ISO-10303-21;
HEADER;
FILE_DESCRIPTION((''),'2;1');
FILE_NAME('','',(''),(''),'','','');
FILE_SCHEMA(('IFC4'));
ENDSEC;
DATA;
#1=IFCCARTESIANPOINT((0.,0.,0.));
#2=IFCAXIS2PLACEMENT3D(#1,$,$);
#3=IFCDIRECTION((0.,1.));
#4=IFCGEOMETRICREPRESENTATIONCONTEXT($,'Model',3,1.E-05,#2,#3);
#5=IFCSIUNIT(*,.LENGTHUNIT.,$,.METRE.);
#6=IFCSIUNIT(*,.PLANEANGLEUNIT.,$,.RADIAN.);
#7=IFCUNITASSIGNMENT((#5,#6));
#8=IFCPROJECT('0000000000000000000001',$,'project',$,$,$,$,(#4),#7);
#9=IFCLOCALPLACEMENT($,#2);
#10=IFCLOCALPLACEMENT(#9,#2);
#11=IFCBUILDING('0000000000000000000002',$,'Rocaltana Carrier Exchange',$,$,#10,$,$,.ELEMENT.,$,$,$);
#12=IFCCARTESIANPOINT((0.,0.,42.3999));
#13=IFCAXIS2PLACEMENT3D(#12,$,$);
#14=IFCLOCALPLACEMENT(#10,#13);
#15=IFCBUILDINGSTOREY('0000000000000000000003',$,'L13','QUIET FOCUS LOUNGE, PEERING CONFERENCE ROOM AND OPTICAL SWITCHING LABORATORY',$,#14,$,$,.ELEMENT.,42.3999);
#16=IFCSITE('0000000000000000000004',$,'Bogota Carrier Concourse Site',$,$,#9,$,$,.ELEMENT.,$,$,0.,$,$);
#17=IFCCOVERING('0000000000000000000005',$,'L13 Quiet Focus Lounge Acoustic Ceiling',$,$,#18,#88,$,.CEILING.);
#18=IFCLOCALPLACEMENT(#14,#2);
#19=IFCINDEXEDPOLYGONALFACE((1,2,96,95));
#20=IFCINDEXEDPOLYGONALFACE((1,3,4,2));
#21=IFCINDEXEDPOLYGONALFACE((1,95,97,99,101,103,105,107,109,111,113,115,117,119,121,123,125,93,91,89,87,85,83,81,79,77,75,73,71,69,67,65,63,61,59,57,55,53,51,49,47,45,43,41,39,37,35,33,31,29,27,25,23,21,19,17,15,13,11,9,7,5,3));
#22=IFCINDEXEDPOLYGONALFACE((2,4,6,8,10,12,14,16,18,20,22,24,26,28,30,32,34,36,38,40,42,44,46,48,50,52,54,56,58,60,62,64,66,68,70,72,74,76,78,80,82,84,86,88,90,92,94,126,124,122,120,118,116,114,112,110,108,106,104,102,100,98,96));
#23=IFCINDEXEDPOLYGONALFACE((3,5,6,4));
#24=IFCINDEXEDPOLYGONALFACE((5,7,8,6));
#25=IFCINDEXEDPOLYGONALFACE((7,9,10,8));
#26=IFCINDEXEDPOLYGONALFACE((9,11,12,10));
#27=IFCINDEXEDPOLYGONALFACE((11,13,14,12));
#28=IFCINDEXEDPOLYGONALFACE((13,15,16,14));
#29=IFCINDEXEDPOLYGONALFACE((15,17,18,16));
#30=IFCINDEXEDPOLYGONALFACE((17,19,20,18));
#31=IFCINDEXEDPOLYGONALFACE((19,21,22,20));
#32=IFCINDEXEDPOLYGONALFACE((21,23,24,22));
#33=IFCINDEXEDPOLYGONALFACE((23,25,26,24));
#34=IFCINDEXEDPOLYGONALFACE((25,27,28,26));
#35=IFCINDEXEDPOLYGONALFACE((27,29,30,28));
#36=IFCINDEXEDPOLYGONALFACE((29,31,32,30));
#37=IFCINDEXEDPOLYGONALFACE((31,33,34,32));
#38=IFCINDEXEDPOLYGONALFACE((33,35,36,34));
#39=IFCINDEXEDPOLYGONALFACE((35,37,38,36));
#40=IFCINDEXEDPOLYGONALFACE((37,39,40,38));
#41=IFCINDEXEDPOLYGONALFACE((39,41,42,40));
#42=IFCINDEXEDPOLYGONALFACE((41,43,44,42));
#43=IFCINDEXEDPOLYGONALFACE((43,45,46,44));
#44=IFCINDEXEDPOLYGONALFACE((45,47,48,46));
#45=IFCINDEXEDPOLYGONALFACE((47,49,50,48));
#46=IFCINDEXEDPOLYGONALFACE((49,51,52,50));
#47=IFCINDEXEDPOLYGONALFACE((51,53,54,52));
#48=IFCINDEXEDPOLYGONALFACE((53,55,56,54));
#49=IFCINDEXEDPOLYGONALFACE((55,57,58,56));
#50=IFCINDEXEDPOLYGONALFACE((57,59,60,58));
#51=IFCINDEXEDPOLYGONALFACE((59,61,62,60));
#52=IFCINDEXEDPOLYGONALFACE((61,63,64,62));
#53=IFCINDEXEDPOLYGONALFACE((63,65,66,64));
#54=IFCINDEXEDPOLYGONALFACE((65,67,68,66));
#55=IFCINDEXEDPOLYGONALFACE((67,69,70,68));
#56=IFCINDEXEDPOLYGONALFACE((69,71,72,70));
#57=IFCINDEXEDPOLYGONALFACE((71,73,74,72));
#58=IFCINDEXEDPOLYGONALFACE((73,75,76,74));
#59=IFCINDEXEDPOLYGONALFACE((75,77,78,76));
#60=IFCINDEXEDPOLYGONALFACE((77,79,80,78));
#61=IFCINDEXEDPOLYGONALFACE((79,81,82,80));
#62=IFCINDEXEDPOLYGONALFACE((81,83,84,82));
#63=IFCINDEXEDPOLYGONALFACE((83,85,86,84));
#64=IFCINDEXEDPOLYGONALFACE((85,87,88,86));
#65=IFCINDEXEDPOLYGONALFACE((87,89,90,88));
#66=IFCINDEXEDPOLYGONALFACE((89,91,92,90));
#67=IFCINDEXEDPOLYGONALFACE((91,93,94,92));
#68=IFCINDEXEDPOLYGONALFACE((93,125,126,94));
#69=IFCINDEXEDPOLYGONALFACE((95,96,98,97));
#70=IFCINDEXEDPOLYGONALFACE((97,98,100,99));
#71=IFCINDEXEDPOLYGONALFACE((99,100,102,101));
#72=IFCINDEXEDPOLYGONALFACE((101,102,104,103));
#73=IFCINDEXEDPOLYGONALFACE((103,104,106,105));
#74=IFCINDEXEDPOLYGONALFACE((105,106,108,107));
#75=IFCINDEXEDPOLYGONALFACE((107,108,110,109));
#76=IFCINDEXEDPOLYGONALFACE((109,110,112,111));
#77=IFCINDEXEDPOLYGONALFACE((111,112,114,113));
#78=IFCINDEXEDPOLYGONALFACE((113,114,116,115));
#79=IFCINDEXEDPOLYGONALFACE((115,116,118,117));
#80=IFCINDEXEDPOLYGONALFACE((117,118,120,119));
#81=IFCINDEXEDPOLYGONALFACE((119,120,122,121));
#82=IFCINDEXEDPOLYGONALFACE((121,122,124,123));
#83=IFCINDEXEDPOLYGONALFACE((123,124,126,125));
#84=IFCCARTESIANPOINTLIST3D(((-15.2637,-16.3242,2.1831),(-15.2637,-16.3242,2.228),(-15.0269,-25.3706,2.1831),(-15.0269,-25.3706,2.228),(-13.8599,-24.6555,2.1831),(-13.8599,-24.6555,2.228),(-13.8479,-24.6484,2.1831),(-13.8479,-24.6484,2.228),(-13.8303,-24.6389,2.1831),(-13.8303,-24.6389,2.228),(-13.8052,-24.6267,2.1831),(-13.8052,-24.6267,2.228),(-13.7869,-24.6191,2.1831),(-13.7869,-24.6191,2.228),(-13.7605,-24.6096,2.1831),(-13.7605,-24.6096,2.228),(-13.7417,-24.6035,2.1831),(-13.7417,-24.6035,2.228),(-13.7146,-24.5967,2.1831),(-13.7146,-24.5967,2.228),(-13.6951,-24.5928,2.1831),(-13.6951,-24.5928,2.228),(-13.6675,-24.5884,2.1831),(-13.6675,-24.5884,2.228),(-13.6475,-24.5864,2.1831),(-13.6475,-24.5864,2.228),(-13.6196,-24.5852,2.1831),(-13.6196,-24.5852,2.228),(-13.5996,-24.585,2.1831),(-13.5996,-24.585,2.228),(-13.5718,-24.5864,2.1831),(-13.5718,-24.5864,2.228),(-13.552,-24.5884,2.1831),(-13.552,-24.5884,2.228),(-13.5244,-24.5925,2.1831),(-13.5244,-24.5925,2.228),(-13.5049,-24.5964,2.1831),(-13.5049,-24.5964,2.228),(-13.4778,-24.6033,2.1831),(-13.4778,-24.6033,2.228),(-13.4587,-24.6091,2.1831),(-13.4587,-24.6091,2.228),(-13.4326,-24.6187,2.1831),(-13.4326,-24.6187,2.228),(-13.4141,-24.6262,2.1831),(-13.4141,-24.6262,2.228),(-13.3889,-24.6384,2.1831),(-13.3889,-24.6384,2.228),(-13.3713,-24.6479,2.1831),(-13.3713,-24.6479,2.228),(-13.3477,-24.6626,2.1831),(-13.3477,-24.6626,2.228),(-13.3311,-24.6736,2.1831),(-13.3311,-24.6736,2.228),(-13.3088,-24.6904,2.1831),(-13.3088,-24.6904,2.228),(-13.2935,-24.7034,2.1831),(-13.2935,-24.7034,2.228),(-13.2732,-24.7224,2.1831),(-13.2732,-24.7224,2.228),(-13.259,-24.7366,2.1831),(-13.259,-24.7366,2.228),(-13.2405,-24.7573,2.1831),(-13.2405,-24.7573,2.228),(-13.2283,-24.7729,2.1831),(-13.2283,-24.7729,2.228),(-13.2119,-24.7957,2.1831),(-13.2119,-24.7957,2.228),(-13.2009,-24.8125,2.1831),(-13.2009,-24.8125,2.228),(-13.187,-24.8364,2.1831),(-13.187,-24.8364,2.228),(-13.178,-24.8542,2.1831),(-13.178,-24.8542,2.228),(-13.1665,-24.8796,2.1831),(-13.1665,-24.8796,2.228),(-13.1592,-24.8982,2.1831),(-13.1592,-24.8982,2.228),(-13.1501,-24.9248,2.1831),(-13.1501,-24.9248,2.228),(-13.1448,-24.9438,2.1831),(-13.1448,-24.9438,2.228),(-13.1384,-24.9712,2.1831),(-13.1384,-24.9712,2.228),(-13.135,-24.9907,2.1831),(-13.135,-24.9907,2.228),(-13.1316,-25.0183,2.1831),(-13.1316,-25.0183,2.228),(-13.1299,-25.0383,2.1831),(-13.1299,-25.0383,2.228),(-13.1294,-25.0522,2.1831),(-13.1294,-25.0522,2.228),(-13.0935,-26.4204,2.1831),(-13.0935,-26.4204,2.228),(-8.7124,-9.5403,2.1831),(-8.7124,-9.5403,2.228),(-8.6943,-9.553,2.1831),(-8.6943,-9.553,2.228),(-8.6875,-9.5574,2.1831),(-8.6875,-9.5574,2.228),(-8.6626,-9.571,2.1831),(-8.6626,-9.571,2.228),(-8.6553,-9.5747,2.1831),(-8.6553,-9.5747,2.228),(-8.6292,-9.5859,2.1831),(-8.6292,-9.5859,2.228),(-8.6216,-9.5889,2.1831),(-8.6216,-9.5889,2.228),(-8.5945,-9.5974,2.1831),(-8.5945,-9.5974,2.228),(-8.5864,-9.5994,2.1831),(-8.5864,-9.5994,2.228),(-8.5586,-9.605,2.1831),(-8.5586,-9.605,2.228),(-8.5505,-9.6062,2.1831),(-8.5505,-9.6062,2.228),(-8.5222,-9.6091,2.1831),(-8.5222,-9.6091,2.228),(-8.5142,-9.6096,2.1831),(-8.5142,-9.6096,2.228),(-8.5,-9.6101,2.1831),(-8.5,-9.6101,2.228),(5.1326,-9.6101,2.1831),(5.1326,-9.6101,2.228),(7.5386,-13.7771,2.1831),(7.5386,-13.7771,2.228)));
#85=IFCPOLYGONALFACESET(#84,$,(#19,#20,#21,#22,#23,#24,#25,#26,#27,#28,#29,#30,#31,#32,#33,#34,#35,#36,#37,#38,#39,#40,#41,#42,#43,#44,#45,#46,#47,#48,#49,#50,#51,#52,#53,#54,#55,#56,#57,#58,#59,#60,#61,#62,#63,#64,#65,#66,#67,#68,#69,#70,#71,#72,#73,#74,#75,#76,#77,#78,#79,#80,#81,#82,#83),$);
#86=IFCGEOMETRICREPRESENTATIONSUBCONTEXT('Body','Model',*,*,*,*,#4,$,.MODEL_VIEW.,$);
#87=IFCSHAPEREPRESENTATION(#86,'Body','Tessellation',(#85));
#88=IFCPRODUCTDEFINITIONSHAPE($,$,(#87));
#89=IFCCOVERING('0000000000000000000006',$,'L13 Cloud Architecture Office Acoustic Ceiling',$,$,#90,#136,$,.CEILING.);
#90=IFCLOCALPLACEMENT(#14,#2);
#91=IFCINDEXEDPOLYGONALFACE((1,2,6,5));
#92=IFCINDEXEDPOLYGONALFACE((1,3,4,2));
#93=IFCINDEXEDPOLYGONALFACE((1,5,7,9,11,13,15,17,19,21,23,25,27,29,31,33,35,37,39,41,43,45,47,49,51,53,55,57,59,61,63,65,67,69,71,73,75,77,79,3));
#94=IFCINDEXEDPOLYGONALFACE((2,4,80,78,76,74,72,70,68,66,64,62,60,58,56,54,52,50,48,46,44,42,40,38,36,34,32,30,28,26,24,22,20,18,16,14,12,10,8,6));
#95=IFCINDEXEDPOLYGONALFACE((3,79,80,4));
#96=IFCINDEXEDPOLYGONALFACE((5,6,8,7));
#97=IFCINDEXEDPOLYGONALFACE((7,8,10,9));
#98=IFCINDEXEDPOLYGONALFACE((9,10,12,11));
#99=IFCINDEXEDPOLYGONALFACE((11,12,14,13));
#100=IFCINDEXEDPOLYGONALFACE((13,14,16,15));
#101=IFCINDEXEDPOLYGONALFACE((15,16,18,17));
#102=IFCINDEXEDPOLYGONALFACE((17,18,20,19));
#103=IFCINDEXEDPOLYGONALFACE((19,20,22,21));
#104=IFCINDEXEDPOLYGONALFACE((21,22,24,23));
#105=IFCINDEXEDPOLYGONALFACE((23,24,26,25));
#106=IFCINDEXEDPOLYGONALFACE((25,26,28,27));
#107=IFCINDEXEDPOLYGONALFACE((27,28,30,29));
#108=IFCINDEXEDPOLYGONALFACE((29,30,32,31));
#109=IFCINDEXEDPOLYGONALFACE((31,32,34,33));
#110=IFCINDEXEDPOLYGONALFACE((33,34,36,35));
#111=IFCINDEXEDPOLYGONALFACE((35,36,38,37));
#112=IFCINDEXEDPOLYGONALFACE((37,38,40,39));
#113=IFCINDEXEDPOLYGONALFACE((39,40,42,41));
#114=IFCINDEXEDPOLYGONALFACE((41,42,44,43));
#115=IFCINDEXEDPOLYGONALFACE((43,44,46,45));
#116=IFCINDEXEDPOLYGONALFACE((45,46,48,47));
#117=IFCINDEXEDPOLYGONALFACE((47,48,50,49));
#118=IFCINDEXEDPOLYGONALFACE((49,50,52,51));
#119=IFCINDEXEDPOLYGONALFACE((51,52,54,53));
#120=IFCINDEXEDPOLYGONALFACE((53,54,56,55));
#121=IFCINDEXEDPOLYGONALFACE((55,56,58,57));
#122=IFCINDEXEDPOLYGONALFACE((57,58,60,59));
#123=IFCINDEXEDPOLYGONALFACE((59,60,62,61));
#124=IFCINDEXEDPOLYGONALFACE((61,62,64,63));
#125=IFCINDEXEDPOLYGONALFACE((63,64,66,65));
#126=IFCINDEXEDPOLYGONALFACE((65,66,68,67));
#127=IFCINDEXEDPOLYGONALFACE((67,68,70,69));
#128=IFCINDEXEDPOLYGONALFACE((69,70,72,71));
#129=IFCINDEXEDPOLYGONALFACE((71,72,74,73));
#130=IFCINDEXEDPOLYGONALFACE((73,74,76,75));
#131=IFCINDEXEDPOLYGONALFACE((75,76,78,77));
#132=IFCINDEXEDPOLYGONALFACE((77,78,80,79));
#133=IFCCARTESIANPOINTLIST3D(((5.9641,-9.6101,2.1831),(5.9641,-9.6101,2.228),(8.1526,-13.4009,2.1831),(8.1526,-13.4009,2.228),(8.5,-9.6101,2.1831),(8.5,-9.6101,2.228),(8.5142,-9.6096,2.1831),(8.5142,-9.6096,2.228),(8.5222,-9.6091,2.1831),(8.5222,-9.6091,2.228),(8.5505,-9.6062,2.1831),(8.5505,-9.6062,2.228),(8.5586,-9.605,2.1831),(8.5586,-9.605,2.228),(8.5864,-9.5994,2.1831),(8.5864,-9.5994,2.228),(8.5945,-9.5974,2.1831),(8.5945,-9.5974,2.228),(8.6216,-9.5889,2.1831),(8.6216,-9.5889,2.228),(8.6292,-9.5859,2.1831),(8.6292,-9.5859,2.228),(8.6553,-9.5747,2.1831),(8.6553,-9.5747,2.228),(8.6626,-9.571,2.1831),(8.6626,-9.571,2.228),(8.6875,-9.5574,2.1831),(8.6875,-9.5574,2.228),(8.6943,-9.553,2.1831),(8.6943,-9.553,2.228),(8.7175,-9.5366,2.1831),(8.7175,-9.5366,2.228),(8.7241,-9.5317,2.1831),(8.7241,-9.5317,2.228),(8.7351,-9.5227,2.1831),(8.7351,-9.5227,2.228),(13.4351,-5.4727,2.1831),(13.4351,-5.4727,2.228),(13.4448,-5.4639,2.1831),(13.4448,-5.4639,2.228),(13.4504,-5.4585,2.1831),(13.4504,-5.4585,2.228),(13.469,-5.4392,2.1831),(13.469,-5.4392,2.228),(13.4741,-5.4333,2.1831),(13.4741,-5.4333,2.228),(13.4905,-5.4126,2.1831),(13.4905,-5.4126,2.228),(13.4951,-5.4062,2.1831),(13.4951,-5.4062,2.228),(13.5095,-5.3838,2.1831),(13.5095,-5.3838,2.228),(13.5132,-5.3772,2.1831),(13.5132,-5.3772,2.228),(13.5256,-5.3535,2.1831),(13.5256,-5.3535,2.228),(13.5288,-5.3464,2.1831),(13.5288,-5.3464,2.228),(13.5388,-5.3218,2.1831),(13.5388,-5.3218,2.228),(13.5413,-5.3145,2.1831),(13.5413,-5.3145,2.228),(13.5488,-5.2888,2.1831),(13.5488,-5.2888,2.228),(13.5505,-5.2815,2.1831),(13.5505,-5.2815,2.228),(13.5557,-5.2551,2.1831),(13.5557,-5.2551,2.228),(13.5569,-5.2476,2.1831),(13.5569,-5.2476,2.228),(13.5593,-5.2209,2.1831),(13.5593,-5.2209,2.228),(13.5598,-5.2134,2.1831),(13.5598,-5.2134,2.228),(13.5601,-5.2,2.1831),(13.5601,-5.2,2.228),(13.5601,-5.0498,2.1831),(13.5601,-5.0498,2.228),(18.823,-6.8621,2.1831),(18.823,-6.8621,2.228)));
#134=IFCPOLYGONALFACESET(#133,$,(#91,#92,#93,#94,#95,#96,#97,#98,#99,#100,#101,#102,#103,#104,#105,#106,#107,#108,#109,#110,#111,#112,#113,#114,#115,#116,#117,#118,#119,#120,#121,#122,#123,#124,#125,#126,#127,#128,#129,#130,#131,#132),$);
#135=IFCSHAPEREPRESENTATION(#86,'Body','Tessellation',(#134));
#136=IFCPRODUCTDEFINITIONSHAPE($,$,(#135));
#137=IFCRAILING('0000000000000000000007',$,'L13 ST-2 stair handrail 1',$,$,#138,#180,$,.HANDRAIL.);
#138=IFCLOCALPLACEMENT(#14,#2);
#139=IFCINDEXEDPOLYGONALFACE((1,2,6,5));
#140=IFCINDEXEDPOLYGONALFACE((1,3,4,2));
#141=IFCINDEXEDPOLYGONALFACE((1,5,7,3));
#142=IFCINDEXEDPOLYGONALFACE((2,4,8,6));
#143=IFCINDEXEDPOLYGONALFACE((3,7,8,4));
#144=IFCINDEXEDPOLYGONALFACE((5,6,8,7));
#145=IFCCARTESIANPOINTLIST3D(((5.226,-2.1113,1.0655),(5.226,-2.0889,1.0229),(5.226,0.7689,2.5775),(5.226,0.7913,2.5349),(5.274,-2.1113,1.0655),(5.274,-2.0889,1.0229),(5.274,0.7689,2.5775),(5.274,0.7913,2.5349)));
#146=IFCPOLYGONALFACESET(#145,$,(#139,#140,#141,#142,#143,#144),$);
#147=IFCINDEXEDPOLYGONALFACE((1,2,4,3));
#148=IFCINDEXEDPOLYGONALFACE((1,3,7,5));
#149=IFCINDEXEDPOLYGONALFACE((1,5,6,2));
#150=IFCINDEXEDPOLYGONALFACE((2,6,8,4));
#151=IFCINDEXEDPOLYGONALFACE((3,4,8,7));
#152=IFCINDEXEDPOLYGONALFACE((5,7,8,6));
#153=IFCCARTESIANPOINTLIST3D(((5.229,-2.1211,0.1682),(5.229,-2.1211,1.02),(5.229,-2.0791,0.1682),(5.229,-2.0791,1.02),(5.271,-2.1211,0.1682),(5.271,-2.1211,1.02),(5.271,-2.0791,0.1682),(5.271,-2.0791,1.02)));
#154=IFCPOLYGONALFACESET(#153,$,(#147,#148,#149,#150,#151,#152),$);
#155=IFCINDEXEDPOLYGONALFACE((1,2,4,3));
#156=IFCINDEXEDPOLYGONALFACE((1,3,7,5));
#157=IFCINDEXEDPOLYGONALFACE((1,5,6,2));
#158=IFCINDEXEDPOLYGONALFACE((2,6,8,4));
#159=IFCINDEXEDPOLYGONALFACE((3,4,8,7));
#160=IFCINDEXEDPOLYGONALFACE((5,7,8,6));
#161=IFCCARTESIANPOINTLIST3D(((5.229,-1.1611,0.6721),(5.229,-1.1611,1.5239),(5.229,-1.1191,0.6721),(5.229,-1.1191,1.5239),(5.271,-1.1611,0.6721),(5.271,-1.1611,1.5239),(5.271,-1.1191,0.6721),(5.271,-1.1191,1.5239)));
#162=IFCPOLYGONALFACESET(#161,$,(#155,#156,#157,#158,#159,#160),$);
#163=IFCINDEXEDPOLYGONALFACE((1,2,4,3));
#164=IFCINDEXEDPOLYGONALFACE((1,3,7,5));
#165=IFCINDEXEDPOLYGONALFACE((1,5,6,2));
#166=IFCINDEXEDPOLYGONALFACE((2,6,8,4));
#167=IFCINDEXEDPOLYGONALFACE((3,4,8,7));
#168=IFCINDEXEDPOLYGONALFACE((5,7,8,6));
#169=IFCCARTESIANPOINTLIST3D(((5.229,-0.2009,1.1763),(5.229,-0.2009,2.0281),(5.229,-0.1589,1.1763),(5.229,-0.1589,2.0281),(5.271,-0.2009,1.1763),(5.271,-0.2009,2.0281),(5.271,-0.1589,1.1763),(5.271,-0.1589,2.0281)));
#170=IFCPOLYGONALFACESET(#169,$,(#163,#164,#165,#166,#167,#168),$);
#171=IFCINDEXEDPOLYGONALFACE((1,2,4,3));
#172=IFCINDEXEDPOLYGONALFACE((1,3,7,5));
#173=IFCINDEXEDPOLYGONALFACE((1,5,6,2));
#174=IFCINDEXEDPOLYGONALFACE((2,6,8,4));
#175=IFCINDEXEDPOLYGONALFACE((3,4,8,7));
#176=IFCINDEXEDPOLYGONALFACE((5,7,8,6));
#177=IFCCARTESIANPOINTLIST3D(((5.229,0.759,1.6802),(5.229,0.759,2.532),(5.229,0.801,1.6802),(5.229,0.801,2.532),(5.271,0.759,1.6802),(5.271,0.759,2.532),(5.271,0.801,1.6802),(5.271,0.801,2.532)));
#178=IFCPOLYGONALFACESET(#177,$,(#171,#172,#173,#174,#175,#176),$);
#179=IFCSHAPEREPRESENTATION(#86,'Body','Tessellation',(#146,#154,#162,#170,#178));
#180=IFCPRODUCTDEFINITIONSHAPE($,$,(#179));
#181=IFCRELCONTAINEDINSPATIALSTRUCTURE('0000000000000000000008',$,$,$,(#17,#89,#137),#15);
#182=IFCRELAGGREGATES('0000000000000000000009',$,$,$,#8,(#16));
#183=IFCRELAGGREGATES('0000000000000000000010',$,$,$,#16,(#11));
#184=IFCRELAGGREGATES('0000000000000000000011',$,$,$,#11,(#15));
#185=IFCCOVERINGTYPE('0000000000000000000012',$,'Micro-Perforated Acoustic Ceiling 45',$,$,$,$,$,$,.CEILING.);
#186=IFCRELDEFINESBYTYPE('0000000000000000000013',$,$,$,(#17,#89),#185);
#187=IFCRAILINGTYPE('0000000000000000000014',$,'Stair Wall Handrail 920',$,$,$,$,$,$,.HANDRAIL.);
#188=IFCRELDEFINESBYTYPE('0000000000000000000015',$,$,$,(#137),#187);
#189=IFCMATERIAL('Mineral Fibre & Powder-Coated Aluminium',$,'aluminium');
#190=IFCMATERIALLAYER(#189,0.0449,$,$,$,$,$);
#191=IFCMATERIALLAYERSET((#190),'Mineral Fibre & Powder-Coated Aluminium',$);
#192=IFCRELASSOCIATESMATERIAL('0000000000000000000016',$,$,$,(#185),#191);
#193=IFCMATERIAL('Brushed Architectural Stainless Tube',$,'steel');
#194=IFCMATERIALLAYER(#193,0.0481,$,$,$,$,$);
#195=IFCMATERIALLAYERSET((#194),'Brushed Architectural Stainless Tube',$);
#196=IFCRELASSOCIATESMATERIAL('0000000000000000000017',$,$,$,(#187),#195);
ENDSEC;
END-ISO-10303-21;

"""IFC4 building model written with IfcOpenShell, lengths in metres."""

from ifc_helpers import new_model, si_unit, direction, frame, origin, origin_2d, place, context, subcontext, project, spatial, polyline, rectangle, outline, extrude, material, layer, layer_set, type_object, element, save


model = new_model("IFC4")

# Units and contexts
model_context = context("Model", 3, precision=1e-05, world=origin(), true_north=direction((0.0, 1.0)))
body_context = subcontext(model_context, "Body", "Model", "MODEL_VIEW")
ifc_project = project(units=[si_unit("LENGTHUNIT", "METRE"), si_unit("PLANEANGLEUNIT", "RADIAN")], contexts=[model_context])

# Site, building, storey
site_placement = place(None, origin())
site = spatial("IfcSite", under=ifc_project, at=site_placement, Name="Bogota Carrier Concourse Site", CompositionType="ELEMENT", RefElevation=0.0)
building_placement = place(site_placement, origin())
building = spatial("IfcBuilding", under=site, at=building_placement, Name="Rocaltana Carrier Exchange", CompositionType="ELEMENT")
storey_placement = place(building_placement, frame((0.0, 0.0, 42.3999)))
storey = spatial("IfcBuildingStorey", under=building, at=storey_placement, Name="L13", Description="QUIET FOCUS LOUNGE, PEERING CONFERENCE ROOM AND OPTICAL SWITCHING LABORATORY", CompositionType="ELEMENT", Elevation=42.3999)

# Coverings
ifc_material_1 = material(Name="Mineral Fibre & Powder-Coated Aluminium", Category="aluminium")
ifc_layer_1 = layer(ifc_material_1, 0.0449)
ifc_layer_set_1 = layer_set([ifc_layer_1], Name="Mineral Fibre & Powder-Coated Aluminium")
covering_type_1 = type_object("IfcCoveringType", Name="Micro-Perforated Acoustic Ceiling 45", PredefinedType="CEILING", material=ifc_layer_set_1)
covering_1_placement = place(storey_placement, frame((0.0, 0.0, 2.1831)))
element("IfcCovering", 1, at=covering_1_placement, inside=storey, type_object=covering_type_1, Name="L13 Quiet Focus Lounge Acoustic Ceiling", PredefinedType="CEILING", context=body_context, shape_type="SweptSolid", body=[
    extrude(outline(polyline([(-13.1294, -25.0522), (-13.1299, -25.0383), (-13.1316, -25.0183), (-13.135, -24.9907), (-13.1384, -24.9712), (-13.1448, -24.9438), (-13.1501, -24.9248), (-13.1592, -24.8982), (-13.1665, -24.8796), (-13.178, -24.8542), (-13.187, -24.8364), (-13.2009, -24.8125), (-13.2119, -24.7957), (-13.2283, -24.7729), (-13.2405, -24.7573), (-13.259, -24.7366), (-13.2732, -24.7224), (-13.2935, -24.7034), (-13.3088, -24.6904), (-13.3311, -24.6736), (-13.3477, -24.6626), (-13.3713, -24.6479), (-13.3889, -24.6384), (-13.4141, -24.6262), (-13.4326, -24.6187), (-13.4587, -24.6091), (-13.4778, -24.6033), (-13.5049, -24.5964), (-13.5244, -24.5925), (-13.552, -24.5884), (-13.5718, -24.5864), (-13.5996, -24.585), (-13.6196, -24.5852), (-13.6475, -24.5864), (-13.6675, -24.5884), (-13.6951, -24.5928), (-13.7146, -24.5967), (-13.7417, -24.6035), (-13.7605, -24.6096), (-13.7869, -24.6191), (-13.8052, -24.6267), (-13.8303, -24.6389), (-13.8479, -24.6484), (-13.8599, -24.6555), (-15.0269, -25.3706), (-15.2637, -16.3242), (-8.7124, -9.5403), (-8.6943, -9.553), (-8.6875, -9.5574), (-8.6626, -9.571), (-8.6553, -9.5747), (-8.6292, -9.5859), (-8.6216, -9.5889), (-8.5945, -9.5974), (-8.5864, -9.5994), (-8.5586, -9.605), (-8.5505, -9.6062), (-8.5222, -9.6091), (-8.5142, -9.6096), (-8.5, -9.6101), (5.1326, -9.6101), (7.5386, -13.7771), (-13.0935, -26.4204), (-13.1294, -25.0522)])), origin(), (0.0, 0.0, 1.0), 0.0449),
])
covering_2_placement = place(storey_placement, frame((0.0, 0.0, 2.1831)))
element("IfcCovering", 2, at=covering_2_placement, inside=storey, type_object=covering_type_1, Name="L13 Cloud Architecture Office Acoustic Ceiling", PredefinedType="CEILING", context=body_context, shape_type="SweptSolid", body=[
    extrude(outline(polyline([(8.1526, -13.4009), (5.9641, -9.6101), (8.5, -9.6101), (8.5142, -9.6096), (8.5222, -9.6091), (8.5505, -9.6062), (8.5586, -9.605), (8.5864, -9.5994), (8.5945, -9.5974), (8.6216, -9.5889), (8.6292, -9.5859), (8.6553, -9.5747), (8.6626, -9.571), (8.6875, -9.5574), (8.6943, -9.553), (8.7175, -9.5366), (8.7241, -9.5317), (8.7351, -9.5227), (13.4351, -5.4727), (13.4448, -5.4639), (13.4504, -5.4585), (13.469, -5.4392), (13.4741, -5.4333), (13.4905, -5.4126), (13.4951, -5.4062), (13.5095, -5.3838), (13.5132, -5.3772), (13.5256, -5.3535), (13.5288, -5.3464), (13.5388, -5.3218), (13.5413, -5.3145), (13.5488, -5.2888), (13.5505, -5.2815), (13.5557, -5.2551), (13.5569, -5.2476), (13.5593, -5.2209), (13.5598, -5.2134), (13.5601, -5.2), (13.5601, -5.0498), (18.823, -6.8621), (8.1526, -13.4009)])), origin(), (0.0, 0.0, 1.0), 0.0449),
])

# Railing
ifc_material_2 = material(Name="Brushed Architectural Stainless Tube", Category="steel")
ifc_layer_2 = layer(ifc_material_2, 0.0481)
ifc_layer_set_2 = layer_set([ifc_layer_2], Name="Brushed Architectural Stainless Tube")
railing_type_1 = type_object("IfcRailingType", Name="Stair Wall Handrail 920", PredefinedType="HANDRAIL", material=ifc_layer_set_2)
railing_1_placement = place(storey_placement, frame((5.25, -2.1001, 0.1682)))
element("IfcRailing", 3, at=railing_1_placement, inside=storey, type_object=railing_type_1, Name="L13 ST-2 stair handrail 1", PredefinedType="HANDRAIL", context=body_context, shape_type="SweptSolid", body=[
    extrude(rectangle(XDim=0.0481, YDim=0.0481, at=origin_2d()), frame((0.0, 0.0, 0.876), z_axis=(0.0, 0.885411, 0.464809), x_axis=(-1.0, 0.0, 0.0)), (0.0, 0.0, 1.0), 3.2529),
    extrude(rectangle(XDim=0.042, YDim=0.042, at=origin_2d()), origin(), (0.0, 0.0, 1.0), 0.8518),
    extrude(rectangle(XDim=0.042, YDim=0.042, at=origin_2d()), frame((0.0, 0.96, 0.5039)), (0.0, 0.0, 1.0), 0.8518),
    extrude(rectangle(XDim=0.042, YDim=0.042, at=origin_2d()), frame((0.0, 1.9202, 1.0081)), (0.0, 0.0, 1.0), 0.8518),
    extrude(rectangle(XDim=0.042, YDim=0.042, at=origin_2d()), frame((0.0, 2.8801, 1.512)), (0.0, 0.0, 1.0), 0.8518),
])

save(model, "model.ifc")
